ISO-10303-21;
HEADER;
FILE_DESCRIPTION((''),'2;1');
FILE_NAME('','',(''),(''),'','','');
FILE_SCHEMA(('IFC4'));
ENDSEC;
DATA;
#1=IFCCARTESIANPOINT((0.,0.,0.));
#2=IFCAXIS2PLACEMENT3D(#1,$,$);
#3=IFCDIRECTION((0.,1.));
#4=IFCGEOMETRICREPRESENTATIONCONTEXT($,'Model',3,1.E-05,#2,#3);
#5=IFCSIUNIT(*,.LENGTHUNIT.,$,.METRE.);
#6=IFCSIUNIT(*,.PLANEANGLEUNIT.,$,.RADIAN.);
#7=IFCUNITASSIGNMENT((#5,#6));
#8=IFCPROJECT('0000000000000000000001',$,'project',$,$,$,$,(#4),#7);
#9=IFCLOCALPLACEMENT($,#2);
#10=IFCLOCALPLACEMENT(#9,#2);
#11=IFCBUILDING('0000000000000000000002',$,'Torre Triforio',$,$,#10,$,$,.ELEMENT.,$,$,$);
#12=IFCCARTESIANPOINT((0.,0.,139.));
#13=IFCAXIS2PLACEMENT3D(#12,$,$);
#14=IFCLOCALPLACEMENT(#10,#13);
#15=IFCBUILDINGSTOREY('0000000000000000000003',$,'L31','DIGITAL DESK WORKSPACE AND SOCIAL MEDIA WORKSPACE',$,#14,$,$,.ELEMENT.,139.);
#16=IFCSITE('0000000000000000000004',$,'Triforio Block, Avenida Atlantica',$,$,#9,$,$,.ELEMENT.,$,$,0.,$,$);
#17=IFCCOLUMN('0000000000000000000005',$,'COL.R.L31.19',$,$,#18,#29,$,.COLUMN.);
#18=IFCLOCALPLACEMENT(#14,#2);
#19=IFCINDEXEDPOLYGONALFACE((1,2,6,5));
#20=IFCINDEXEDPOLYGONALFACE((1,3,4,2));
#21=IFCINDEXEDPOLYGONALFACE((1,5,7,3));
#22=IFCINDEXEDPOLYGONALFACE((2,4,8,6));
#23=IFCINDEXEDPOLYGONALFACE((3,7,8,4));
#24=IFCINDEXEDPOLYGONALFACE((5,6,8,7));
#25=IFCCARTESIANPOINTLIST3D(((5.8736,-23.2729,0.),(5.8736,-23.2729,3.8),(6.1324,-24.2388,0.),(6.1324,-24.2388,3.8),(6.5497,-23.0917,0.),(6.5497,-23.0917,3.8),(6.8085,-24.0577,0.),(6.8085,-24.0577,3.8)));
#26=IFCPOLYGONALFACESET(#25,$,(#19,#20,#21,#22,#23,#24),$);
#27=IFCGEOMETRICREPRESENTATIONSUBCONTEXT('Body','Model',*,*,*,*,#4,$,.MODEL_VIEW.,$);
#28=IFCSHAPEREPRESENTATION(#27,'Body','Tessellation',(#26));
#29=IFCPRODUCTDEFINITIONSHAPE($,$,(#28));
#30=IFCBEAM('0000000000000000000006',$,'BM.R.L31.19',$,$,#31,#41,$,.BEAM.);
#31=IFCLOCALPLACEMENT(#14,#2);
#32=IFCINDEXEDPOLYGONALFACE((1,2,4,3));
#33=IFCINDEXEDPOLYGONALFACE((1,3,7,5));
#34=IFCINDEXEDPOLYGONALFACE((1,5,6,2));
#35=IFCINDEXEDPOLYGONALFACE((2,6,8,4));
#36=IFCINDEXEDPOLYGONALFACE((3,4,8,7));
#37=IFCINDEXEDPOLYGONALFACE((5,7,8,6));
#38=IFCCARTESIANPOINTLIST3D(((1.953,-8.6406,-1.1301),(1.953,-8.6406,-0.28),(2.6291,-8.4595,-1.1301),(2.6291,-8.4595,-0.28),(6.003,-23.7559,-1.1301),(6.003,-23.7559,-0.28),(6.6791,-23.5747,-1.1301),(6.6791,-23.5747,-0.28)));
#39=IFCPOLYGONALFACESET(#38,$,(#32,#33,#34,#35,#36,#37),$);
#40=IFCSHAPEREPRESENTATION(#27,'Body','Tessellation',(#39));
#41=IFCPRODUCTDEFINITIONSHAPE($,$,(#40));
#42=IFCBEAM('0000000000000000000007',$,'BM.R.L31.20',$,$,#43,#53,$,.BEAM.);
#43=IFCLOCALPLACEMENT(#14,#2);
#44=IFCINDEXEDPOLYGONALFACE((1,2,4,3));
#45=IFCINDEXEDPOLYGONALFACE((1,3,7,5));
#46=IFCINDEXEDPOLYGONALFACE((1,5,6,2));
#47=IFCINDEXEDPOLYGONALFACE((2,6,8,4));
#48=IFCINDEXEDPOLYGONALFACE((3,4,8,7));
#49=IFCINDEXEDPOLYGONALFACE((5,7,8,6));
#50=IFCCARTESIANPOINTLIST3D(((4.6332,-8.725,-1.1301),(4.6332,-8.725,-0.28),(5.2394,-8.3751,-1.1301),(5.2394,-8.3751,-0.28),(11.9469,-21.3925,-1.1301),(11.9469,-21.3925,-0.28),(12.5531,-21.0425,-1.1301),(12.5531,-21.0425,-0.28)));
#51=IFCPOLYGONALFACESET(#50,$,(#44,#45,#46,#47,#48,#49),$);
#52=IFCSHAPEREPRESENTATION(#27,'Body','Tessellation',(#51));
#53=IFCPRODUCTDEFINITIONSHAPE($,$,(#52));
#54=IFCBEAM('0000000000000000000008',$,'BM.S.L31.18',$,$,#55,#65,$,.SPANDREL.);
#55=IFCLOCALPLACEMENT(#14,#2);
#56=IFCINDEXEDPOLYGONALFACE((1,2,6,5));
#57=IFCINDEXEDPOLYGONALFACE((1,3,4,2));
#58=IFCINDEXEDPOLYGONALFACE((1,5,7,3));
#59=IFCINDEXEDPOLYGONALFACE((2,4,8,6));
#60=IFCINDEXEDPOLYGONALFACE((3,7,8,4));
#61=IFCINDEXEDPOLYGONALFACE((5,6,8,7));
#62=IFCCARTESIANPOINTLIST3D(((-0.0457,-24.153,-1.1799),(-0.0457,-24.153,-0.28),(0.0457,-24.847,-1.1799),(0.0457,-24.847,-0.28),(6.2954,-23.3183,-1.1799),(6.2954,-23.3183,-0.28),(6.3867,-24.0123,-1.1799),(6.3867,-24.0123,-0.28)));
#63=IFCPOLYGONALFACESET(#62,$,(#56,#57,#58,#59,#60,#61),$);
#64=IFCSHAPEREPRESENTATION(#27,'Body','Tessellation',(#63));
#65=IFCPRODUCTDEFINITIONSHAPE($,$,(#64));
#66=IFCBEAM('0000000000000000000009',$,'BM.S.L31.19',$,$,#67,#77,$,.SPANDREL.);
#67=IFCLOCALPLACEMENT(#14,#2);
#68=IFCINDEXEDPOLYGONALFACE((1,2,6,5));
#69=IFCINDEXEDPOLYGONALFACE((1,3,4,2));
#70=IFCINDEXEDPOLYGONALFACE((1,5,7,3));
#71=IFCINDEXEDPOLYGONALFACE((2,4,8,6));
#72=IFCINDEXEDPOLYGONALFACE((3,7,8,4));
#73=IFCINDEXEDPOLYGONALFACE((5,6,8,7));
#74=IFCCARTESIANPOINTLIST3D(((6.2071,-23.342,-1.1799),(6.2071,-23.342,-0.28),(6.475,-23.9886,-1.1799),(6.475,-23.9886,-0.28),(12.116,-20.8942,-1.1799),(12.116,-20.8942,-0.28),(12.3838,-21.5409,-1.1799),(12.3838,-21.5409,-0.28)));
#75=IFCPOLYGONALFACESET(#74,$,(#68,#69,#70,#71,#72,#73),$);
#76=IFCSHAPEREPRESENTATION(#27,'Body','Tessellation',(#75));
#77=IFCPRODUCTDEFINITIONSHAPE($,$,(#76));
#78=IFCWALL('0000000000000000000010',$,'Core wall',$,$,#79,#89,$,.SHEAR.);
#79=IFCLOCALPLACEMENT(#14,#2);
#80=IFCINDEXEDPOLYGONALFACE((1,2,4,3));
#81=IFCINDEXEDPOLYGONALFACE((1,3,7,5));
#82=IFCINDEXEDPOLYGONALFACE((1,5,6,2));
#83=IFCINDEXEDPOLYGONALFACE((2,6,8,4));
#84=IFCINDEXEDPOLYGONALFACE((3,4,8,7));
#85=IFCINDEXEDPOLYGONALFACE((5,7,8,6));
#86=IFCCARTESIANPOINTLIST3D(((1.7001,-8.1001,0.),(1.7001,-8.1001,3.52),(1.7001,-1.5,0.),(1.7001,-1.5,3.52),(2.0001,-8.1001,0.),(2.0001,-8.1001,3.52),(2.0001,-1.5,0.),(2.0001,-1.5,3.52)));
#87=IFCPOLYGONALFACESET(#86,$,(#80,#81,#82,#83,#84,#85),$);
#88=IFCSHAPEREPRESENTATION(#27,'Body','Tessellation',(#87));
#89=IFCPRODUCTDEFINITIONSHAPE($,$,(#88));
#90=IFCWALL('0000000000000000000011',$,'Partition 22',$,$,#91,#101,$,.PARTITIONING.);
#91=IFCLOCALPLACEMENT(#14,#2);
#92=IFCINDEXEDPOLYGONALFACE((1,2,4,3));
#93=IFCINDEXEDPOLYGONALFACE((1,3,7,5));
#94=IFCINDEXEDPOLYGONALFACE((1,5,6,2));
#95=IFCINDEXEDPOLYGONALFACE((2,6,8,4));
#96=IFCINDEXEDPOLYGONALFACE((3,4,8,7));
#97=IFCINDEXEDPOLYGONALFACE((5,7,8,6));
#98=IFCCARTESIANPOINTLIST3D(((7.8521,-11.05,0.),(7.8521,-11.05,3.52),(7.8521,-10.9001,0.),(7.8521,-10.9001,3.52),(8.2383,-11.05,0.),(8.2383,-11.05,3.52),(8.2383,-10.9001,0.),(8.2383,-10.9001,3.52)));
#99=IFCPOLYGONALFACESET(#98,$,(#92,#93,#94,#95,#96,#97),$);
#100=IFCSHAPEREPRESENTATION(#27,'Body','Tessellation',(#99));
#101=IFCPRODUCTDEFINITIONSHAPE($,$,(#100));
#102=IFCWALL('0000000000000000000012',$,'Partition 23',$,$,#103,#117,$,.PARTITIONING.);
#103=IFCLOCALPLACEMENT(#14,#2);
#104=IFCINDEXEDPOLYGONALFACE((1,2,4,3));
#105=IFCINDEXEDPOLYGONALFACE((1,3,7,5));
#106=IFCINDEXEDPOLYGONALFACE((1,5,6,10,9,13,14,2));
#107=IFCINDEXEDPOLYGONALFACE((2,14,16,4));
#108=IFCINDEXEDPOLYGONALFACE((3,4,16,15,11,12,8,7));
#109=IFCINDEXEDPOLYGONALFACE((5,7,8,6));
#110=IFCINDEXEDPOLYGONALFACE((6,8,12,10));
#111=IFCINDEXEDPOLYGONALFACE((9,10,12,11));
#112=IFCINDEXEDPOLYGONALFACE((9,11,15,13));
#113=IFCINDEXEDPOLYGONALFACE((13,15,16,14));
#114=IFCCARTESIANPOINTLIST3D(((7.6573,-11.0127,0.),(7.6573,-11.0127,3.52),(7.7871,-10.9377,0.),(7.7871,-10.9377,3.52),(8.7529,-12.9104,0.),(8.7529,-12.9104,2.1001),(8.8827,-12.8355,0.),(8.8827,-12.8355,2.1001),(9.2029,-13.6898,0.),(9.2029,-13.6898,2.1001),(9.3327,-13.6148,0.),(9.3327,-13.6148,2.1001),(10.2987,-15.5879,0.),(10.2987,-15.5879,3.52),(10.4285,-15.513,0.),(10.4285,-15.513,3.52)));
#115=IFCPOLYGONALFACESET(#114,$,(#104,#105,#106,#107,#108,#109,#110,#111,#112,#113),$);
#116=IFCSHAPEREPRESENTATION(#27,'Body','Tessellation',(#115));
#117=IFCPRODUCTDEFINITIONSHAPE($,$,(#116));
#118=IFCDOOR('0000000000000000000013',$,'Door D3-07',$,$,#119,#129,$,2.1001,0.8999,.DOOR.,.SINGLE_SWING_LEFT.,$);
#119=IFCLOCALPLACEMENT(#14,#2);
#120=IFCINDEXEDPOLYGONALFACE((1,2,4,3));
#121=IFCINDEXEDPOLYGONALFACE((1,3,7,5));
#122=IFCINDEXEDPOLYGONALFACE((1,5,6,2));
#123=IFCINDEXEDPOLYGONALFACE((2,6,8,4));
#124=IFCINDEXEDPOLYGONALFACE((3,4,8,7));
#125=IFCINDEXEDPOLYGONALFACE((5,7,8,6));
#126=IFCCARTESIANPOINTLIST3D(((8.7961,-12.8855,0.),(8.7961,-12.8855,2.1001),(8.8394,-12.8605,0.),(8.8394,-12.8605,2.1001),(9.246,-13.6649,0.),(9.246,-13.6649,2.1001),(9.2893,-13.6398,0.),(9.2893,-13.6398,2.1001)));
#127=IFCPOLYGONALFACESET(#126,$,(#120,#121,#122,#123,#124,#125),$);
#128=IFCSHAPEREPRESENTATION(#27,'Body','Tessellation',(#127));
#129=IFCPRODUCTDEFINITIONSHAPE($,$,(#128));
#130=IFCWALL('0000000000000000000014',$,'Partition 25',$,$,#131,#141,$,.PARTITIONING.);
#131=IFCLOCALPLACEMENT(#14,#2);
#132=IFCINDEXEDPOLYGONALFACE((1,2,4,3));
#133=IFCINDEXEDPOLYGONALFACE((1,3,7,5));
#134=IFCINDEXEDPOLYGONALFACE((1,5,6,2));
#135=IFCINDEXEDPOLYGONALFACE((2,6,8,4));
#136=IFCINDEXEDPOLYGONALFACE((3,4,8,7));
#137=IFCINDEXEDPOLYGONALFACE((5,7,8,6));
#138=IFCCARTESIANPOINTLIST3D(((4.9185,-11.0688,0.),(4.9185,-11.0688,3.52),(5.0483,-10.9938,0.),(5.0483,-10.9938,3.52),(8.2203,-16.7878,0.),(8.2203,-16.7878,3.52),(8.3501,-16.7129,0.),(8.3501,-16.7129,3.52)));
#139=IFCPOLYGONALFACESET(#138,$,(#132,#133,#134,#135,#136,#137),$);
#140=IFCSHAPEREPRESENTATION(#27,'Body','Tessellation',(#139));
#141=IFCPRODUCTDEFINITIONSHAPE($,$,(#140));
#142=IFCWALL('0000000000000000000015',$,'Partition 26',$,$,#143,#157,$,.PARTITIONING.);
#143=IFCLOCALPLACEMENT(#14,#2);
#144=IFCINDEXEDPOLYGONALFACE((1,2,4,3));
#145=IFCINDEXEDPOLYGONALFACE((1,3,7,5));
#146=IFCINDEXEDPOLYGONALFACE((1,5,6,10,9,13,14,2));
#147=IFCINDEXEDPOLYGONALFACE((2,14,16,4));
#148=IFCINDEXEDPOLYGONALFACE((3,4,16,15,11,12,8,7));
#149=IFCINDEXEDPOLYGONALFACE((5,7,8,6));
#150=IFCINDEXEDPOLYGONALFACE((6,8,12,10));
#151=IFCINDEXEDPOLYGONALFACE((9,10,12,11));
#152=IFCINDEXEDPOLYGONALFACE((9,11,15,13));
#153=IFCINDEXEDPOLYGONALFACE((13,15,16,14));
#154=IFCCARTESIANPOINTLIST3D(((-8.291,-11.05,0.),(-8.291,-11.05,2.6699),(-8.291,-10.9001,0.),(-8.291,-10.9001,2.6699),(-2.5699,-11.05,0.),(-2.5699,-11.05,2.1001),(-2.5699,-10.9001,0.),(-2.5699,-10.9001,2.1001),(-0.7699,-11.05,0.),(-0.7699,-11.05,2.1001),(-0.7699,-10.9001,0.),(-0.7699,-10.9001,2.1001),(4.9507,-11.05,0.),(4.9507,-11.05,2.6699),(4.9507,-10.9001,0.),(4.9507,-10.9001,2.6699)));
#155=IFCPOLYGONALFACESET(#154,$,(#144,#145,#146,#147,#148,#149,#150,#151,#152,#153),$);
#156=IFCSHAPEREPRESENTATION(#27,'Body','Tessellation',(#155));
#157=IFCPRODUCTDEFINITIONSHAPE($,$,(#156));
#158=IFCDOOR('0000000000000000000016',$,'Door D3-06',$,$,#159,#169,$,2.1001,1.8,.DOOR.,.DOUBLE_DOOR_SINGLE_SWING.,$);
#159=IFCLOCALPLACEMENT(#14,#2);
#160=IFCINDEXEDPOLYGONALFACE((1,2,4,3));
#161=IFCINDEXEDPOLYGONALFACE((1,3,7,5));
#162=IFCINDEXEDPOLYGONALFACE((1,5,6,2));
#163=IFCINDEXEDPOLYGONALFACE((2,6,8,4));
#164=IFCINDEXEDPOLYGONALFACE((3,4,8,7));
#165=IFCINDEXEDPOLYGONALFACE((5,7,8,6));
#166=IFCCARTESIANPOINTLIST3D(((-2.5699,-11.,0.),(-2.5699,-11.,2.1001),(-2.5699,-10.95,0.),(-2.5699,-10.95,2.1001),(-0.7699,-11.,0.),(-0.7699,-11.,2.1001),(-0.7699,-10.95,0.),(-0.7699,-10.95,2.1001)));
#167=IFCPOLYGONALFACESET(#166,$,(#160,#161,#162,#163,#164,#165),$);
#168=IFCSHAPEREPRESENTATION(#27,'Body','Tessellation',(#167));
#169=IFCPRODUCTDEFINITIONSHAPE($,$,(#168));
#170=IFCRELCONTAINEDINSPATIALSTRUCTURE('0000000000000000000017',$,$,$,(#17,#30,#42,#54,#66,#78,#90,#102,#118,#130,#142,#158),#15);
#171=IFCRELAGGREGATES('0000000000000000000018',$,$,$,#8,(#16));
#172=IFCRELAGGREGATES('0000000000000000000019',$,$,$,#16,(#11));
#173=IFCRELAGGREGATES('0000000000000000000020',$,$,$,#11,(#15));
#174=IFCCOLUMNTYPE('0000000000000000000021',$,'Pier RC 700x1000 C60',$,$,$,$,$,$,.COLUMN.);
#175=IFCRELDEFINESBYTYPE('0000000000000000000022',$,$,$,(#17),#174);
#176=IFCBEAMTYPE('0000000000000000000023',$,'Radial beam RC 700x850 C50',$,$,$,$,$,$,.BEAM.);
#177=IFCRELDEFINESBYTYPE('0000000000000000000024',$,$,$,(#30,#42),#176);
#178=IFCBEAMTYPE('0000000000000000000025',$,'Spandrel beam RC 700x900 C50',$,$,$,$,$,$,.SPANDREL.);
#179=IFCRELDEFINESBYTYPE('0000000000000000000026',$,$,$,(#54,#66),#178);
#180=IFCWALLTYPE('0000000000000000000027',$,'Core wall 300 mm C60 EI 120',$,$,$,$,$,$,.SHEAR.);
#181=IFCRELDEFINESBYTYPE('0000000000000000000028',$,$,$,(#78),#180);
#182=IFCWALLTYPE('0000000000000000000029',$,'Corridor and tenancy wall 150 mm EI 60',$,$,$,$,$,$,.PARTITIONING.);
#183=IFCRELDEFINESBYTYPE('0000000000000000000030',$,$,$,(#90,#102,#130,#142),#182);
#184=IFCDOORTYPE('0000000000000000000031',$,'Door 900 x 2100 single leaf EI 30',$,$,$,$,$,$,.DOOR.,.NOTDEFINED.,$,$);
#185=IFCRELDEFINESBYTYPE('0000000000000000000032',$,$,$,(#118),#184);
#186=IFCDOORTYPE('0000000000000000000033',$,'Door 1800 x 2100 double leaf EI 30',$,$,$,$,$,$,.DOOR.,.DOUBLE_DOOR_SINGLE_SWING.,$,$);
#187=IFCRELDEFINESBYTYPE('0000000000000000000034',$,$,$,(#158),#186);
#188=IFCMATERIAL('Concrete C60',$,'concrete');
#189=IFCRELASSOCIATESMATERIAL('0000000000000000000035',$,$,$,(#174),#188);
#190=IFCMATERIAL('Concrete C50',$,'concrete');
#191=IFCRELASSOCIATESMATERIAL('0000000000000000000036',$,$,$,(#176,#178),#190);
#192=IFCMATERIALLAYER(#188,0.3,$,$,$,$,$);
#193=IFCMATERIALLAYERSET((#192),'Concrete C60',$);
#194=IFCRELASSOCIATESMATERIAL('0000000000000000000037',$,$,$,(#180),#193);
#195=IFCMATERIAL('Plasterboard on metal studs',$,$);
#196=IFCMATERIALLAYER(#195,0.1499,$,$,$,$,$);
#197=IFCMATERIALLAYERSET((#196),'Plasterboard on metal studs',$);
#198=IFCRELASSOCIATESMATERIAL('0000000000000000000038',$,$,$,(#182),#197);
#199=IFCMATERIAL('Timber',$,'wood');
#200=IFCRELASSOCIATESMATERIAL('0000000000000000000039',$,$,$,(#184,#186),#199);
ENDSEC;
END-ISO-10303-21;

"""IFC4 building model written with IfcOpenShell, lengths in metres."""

from ifc_helpers import new_model, si_unit, direction, frame, frame_2d, origin, origin_2d, place, context, subcontext, project, spatial, rectangle, extrude, material, layer, layer_set, material_profile, profile_set, type_object, element, fill, save


model = new_model("IFC4")

# Units and contexts
model_context = context("Model", 3, precision=1e-05, world=origin(), true_north=direction((0.0, 1.0)))
body_context = subcontext(model_context, "Body", "Model", "MODEL_VIEW")
ifc_project = project(units=[si_unit("LENGTHUNIT", "METRE"), si_unit("PLANEANGLEUNIT", "RADIAN")], contexts=[model_context])

# Site, building, storey
site_placement = place(None, origin())
site = spatial("IfcSite", under=ifc_project, at=site_placement, Name="Triforio Block, Avenida Atlantica", CompositionType="ELEMENT", RefElevation=0.0)
building_placement = place(site_placement, origin())
building = spatial("IfcBuilding", under=site, at=building_placement, Name="Torre Triforio", CompositionType="ELEMENT")
storey_placement = place(building_placement, frame((0.0, 0.0, 139.0)))
storey = spatial("IfcBuildingStorey", under=building, at=storey_placement, Name="L31", Description="DIGITAL DESK WORKSPACE AND SOCIAL MEDIA WORKSPACE", CompositionType="ELEMENT", Elevation=139.0)

# Column
ifc_material_1 = material(Name="Concrete C60", Category="concrete")
ifc_material_profile_1 = material_profile(ifc_material_1, rectangle(XDim=0.7, YDim=1.0, at=origin_2d()), Name="RC 700x1000")
ifc_profile_set_1 = profile_set([ifc_material_profile_1], Name="Concrete C60")
column_type = type_object("IfcColumnType", Name="Pier RC 700x1000 C60", PredefinedType="COLUMN", material=ifc_profile_set_1)
column_placement = place(storey_placement, frame((6.3411, -23.6653, 0.0), z_axis=(0.0, 0.0, 1.0), x_axis=(0.965926, 0.258819, 0.0)))
element("IfcColumn", 1, at=column_placement, inside=storey, type_object=column_type, Name="COL.R.L31.19", PredefinedType="COLUMN", context=body_context, shape_type="SweptSolid", body=[
    extrude(rectangle(XDim=0.7, YDim=1.0, at=origin_2d()), origin(), (0.0, 0.0, 1.0), 3.8),
])

# Beams
ifc_material_2 = material(Name="Concrete C50", Category="concrete")
ifc_material_profile_2 = material_profile(ifc_material_2, rectangle(XDim=0.7, YDim=0.8501, at=origin_2d()), Name="RC 700x850")
ifc_profile_set_2 = profile_set([ifc_material_profile_2], Name="Concrete C50")
beam_type_1 = type_object("IfcBeamType", Name="Radial beam RC 700x850 C50", PredefinedType="BEAM", material=ifc_profile_set_2)
beam_1_placement = place(storey_placement, frame((2.291, -8.55, -0.7051), z_axis=(0.258815, -0.965927, 0.0), x_axis=(0.965927, 0.258815, 0.0)))
element("IfcBeam", 2, at=beam_1_placement, inside=storey, type_object=beam_type_1, Name="BM.R.L31.19", PredefinedType="BEAM", context=body_context, shape_type="SweptSolid", body=[
    extrude(rectangle(XDim=0.7, YDim=0.8501, at=origin_2d()), origin(), (0.0, 0.0, 1.0), 15.6484),
])
beam_2_placement = place(storey_placement, frame((4.9363, -8.55, -0.7051), z_axis=(0.500008, -0.866021, 0.0), x_axis=(0.866021, 0.500008, 0.0)))
element("IfcBeam", 3, at=beam_2_placement, inside=storey, type_object=beam_type_1, Name="BM.R.L31.20", PredefinedType="BEAM", context=body_context, shape_type="SweptSolid", body=[
    extrude(rectangle(XDim=0.7, YDim=0.8501, at=origin_2d()), origin(), (0.0, 0.0, 1.0), 14.6272),
])
ifc_material_profile_3 = material_profile(ifc_material_2, rectangle(XDim=0.7, YDim=0.8999, at=origin_2d()), Name="RC 700x900")
ifc_profile_set_3 = profile_set([ifc_material_profile_3], Name="Concrete C50")
beam_type_2 = type_object("IfcBeamType", Name="Spandrel beam RC 700x900 C50", PredefinedType="SPANDREL", material=ifc_profile_set_3)
for number, where, z_axis, x_axis, name in (
    (4, (0.0, -24.5, -0.73), (0.991447, 0.130511, 0.0), (-0.130511, 0.991447, 0.0), "BM.S.L31.18"),
    (5, (6.3411, -23.6653, -0.73), (0.923869, 0.382709, 0.0), (-0.382709, 0.923869, 0.0), "BM.S.L31.19"),
):
    element("IfcBeam", number, at=place(storey_placement, frame(where, z_axis=z_axis, x_axis=x_axis)), inside=storey, type_object=beam_type_2, Name=name, PredefinedType="SPANDREL", context=body_context, shape_type="SweptSolid", body=[
        extrude(rectangle(XDim=0.7, YDim=0.8999, at=origin_2d()), origin(), (0.0, 0.0, 1.0), 6.3958),
    ])

# Walls
ifc_layer_1 = layer(ifc_material_1, 0.3)
ifc_layer_set_1 = layer_set([ifc_layer_1], Name="Concrete C60")
wall_type_1 = type_object("IfcWallType", Name="Core wall 300 mm C60 EI 120", PredefinedType="SHEAR", material=ifc_layer_set_1)
wall_1_placement = place(storey_placement, frame((1.8501, -8.1001, 0.0), z_axis=(0.0, 0.0, 1.0), x_axis=(0.0, 1.0, 0.0)))
element("IfcWall", 6, at=wall_1_placement, inside=storey, type_object=wall_type_1, Name="Core wall", PredefinedType="SHEAR", context=body_context, shape_type="SweptSolid", body=[
    extrude(rectangle(XDim=6.6001, YDim=0.3, at=frame_2d((3.3, 0.0))), origin(), (0.0, 0.0, 1.0), 3.52),
])
ifc_material_3 = material(Name="Plasterboard on metal studs")
ifc_layer_2 = layer(ifc_material_3, 0.1499)
ifc_layer_set_2 = layer_set([ifc_layer_2], Name="Plasterboard on metal studs")
wall_type_2 = type_object("IfcWallType", Name="Corridor and tenancy wall 150 mm EI 60", PredefinedType="PARTITIONING", material=ifc_layer_set_2)
wall_2_placement = place(storey_placement, frame((8.2383, -10.9751, 0.0), z_axis=(0.0, 0.0, 1.0), x_axis=(-1.0, 0.0, 0.0)))
element("IfcWall", 7, at=wall_2_placement, inside=storey, type_object=wall_type_2, Name="Partition 22", PredefinedType="PARTITIONING", context=body_context, shape_type="SweptSolid", body=[
    extrude(rectangle(XDim=0.3862, YDim=0.1499, at=frame_2d((0.1931, 0.0))), origin(), (0.0, 0.0, 1.0), 3.52),
])

# Wall, opening, door
wall_3_placement = place(storey_placement, frame((7.7222, -10.9751, 0.0), z_axis=(0.0, 0.0, 1.0), x_axis=(0.499981, -0.866036, 0.0)))
wall_3 = element("IfcWall", 8, at=wall_3_placement, inside=storey, type_object=wall_type_2, Name="Partition 23", PredefinedType="PARTITIONING", context=body_context, shape_type="SweptSolid", body=[
    extrude(rectangle(XDim=5.283, YDim=0.1499, at=frame_2d((2.6416, 0.0))), origin(), (0.0, 0.0, 1.0), 3.52),
])
opening_1_placement = place(wall_3_placement, frame((2.1914, 0.0, 0.0)))
opening_1 = element("IfcOpeningElement", 9, at=opening_1_placement, cuts=wall_3, PredefinedType="OPENING", context=body_context, shape_type="SweptSolid", body=[
    extrude(rectangle(XDim=0.8999, YDim=2.1001, at=frame_2d((0.45, 1.05))), frame((0.0, 0.085, 0.0), z_axis=(0.0, -1.0, 0.0), x_axis=(1.0, 0.0, 0.0)), (0.0, 0.0, 1.0), 0.1699),
])
ifc_material_4 = material(Name="Timber", Category="wood")
door_type_1 = type_object("IfcDoorType", Name="Door 900 x 2100 single leaf EI 30", OperationType="NOTDEFINED", PredefinedType="DOOR", material=ifc_material_4)
door_1_placement = place(opening_1_placement, origin())
door_1 = element("IfcDoor", 10, at=door_1_placement, inside=storey, type_object=door_type_1, Name="Door D3-07", OperationType="SINGLE_SWING_LEFT", OverallHeight=2.1001, OverallWidth=0.8999, PredefinedType="DOOR", context=body_context, shape_type="SweptSolid", body=[
    extrude(rectangle(XDim=0.8999, YDim=2.1001, at=frame_2d((0.45, 1.05))), frame((0.0, 0.0249, 0.0), z_axis=(0.0, -1.0, 0.0), x_axis=(1.0, 0.0, 0.0)), (0.0, 0.0, 1.0), 0.05),
])
fill(opening_1, door_1)

# Wall
wall_4_placement = place(storey_placement, frame((8.2852, -16.7502, 0.0), z_axis=(0.0, 0.0, 1.0), x_axis=(-0.499988, 0.866032, 0.0)))
element("IfcWall", 11, at=wall_4_placement, inside=storey, type_object=wall_type_2, Name="Partition 25", PredefinedType="PARTITIONING", context=body_context, shape_type="SweptSolid", body=[
    extrude(rectangle(XDim=6.6038, YDim=0.1499, at=frame_2d((3.3018, 0.0))), origin(), (0.0, 0.0, 1.0), 3.52),
])

# Wall, opening, door
wall_5_placement = place(storey_placement, frame((4.9507, -10.9751, 0.0), z_axis=(0.0, 0.0, 1.0), x_axis=(-1.0, 0.0, 0.0)))
wall_5 = element("IfcWall", 12, at=wall_5_placement, inside=storey, type_object=wall_type_2, Name="Partition 26", PredefinedType="PARTITIONING", context=body_context, shape_type="SweptSolid", body=[
    extrude(rectangle(XDim=13.2417, YDim=0.1499, at=frame_2d((6.6208, 0.0))), origin(), (0.0, 0.0, 1.0), 2.6699),
])
opening_2_placement = place(wall_5_placement, frame((5.7207, 0.0, 0.0)))
opening_2 = element("IfcOpeningElement", 13, at=opening_2_placement, cuts=wall_5, PredefinedType="OPENING", context=body_context, shape_type="SweptSolid", body=[
    extrude(rectangle(XDim=1.8, YDim=2.1001, at=frame_2d((0.8999, 1.05))), frame((0.0, 0.085, 0.0), z_axis=(0.0, -1.0, 0.0), x_axis=(1.0, 0.0, 0.0)), (0.0, 0.0, 1.0), 0.1699),
])
door_type_2 = type_object("IfcDoorType", Name="Door 1800 x 2100 double leaf EI 30", OperationType="DOUBLE_DOOR_SINGLE_SWING", PredefinedType="DOOR", material=ifc_material_4)
door_2_placement = place(opening_2_placement, origin())
door_2 = element("IfcDoor", 14, at=door_2_placement, inside=storey, type_object=door_type_2, Name="Door D3-06", OperationType="DOUBLE_DOOR_SINGLE_SWING", OverallHeight=2.1001, OverallWidth=1.8, PredefinedType="DOOR", context=body_context, shape_type="SweptSolid", body=[
    extrude(rectangle(XDim=1.8, YDim=2.1001, at=frame_2d((0.8999, 1.05))), frame((0.0, 0.0249, 0.0), z_axis=(0.0, -1.0, 0.0), x_axis=(1.0, 0.0, 0.0)), (0.0, 0.0, 1.0), 0.05),
])
fill(opening_2, door_2)

save(model, "model.ifc")
